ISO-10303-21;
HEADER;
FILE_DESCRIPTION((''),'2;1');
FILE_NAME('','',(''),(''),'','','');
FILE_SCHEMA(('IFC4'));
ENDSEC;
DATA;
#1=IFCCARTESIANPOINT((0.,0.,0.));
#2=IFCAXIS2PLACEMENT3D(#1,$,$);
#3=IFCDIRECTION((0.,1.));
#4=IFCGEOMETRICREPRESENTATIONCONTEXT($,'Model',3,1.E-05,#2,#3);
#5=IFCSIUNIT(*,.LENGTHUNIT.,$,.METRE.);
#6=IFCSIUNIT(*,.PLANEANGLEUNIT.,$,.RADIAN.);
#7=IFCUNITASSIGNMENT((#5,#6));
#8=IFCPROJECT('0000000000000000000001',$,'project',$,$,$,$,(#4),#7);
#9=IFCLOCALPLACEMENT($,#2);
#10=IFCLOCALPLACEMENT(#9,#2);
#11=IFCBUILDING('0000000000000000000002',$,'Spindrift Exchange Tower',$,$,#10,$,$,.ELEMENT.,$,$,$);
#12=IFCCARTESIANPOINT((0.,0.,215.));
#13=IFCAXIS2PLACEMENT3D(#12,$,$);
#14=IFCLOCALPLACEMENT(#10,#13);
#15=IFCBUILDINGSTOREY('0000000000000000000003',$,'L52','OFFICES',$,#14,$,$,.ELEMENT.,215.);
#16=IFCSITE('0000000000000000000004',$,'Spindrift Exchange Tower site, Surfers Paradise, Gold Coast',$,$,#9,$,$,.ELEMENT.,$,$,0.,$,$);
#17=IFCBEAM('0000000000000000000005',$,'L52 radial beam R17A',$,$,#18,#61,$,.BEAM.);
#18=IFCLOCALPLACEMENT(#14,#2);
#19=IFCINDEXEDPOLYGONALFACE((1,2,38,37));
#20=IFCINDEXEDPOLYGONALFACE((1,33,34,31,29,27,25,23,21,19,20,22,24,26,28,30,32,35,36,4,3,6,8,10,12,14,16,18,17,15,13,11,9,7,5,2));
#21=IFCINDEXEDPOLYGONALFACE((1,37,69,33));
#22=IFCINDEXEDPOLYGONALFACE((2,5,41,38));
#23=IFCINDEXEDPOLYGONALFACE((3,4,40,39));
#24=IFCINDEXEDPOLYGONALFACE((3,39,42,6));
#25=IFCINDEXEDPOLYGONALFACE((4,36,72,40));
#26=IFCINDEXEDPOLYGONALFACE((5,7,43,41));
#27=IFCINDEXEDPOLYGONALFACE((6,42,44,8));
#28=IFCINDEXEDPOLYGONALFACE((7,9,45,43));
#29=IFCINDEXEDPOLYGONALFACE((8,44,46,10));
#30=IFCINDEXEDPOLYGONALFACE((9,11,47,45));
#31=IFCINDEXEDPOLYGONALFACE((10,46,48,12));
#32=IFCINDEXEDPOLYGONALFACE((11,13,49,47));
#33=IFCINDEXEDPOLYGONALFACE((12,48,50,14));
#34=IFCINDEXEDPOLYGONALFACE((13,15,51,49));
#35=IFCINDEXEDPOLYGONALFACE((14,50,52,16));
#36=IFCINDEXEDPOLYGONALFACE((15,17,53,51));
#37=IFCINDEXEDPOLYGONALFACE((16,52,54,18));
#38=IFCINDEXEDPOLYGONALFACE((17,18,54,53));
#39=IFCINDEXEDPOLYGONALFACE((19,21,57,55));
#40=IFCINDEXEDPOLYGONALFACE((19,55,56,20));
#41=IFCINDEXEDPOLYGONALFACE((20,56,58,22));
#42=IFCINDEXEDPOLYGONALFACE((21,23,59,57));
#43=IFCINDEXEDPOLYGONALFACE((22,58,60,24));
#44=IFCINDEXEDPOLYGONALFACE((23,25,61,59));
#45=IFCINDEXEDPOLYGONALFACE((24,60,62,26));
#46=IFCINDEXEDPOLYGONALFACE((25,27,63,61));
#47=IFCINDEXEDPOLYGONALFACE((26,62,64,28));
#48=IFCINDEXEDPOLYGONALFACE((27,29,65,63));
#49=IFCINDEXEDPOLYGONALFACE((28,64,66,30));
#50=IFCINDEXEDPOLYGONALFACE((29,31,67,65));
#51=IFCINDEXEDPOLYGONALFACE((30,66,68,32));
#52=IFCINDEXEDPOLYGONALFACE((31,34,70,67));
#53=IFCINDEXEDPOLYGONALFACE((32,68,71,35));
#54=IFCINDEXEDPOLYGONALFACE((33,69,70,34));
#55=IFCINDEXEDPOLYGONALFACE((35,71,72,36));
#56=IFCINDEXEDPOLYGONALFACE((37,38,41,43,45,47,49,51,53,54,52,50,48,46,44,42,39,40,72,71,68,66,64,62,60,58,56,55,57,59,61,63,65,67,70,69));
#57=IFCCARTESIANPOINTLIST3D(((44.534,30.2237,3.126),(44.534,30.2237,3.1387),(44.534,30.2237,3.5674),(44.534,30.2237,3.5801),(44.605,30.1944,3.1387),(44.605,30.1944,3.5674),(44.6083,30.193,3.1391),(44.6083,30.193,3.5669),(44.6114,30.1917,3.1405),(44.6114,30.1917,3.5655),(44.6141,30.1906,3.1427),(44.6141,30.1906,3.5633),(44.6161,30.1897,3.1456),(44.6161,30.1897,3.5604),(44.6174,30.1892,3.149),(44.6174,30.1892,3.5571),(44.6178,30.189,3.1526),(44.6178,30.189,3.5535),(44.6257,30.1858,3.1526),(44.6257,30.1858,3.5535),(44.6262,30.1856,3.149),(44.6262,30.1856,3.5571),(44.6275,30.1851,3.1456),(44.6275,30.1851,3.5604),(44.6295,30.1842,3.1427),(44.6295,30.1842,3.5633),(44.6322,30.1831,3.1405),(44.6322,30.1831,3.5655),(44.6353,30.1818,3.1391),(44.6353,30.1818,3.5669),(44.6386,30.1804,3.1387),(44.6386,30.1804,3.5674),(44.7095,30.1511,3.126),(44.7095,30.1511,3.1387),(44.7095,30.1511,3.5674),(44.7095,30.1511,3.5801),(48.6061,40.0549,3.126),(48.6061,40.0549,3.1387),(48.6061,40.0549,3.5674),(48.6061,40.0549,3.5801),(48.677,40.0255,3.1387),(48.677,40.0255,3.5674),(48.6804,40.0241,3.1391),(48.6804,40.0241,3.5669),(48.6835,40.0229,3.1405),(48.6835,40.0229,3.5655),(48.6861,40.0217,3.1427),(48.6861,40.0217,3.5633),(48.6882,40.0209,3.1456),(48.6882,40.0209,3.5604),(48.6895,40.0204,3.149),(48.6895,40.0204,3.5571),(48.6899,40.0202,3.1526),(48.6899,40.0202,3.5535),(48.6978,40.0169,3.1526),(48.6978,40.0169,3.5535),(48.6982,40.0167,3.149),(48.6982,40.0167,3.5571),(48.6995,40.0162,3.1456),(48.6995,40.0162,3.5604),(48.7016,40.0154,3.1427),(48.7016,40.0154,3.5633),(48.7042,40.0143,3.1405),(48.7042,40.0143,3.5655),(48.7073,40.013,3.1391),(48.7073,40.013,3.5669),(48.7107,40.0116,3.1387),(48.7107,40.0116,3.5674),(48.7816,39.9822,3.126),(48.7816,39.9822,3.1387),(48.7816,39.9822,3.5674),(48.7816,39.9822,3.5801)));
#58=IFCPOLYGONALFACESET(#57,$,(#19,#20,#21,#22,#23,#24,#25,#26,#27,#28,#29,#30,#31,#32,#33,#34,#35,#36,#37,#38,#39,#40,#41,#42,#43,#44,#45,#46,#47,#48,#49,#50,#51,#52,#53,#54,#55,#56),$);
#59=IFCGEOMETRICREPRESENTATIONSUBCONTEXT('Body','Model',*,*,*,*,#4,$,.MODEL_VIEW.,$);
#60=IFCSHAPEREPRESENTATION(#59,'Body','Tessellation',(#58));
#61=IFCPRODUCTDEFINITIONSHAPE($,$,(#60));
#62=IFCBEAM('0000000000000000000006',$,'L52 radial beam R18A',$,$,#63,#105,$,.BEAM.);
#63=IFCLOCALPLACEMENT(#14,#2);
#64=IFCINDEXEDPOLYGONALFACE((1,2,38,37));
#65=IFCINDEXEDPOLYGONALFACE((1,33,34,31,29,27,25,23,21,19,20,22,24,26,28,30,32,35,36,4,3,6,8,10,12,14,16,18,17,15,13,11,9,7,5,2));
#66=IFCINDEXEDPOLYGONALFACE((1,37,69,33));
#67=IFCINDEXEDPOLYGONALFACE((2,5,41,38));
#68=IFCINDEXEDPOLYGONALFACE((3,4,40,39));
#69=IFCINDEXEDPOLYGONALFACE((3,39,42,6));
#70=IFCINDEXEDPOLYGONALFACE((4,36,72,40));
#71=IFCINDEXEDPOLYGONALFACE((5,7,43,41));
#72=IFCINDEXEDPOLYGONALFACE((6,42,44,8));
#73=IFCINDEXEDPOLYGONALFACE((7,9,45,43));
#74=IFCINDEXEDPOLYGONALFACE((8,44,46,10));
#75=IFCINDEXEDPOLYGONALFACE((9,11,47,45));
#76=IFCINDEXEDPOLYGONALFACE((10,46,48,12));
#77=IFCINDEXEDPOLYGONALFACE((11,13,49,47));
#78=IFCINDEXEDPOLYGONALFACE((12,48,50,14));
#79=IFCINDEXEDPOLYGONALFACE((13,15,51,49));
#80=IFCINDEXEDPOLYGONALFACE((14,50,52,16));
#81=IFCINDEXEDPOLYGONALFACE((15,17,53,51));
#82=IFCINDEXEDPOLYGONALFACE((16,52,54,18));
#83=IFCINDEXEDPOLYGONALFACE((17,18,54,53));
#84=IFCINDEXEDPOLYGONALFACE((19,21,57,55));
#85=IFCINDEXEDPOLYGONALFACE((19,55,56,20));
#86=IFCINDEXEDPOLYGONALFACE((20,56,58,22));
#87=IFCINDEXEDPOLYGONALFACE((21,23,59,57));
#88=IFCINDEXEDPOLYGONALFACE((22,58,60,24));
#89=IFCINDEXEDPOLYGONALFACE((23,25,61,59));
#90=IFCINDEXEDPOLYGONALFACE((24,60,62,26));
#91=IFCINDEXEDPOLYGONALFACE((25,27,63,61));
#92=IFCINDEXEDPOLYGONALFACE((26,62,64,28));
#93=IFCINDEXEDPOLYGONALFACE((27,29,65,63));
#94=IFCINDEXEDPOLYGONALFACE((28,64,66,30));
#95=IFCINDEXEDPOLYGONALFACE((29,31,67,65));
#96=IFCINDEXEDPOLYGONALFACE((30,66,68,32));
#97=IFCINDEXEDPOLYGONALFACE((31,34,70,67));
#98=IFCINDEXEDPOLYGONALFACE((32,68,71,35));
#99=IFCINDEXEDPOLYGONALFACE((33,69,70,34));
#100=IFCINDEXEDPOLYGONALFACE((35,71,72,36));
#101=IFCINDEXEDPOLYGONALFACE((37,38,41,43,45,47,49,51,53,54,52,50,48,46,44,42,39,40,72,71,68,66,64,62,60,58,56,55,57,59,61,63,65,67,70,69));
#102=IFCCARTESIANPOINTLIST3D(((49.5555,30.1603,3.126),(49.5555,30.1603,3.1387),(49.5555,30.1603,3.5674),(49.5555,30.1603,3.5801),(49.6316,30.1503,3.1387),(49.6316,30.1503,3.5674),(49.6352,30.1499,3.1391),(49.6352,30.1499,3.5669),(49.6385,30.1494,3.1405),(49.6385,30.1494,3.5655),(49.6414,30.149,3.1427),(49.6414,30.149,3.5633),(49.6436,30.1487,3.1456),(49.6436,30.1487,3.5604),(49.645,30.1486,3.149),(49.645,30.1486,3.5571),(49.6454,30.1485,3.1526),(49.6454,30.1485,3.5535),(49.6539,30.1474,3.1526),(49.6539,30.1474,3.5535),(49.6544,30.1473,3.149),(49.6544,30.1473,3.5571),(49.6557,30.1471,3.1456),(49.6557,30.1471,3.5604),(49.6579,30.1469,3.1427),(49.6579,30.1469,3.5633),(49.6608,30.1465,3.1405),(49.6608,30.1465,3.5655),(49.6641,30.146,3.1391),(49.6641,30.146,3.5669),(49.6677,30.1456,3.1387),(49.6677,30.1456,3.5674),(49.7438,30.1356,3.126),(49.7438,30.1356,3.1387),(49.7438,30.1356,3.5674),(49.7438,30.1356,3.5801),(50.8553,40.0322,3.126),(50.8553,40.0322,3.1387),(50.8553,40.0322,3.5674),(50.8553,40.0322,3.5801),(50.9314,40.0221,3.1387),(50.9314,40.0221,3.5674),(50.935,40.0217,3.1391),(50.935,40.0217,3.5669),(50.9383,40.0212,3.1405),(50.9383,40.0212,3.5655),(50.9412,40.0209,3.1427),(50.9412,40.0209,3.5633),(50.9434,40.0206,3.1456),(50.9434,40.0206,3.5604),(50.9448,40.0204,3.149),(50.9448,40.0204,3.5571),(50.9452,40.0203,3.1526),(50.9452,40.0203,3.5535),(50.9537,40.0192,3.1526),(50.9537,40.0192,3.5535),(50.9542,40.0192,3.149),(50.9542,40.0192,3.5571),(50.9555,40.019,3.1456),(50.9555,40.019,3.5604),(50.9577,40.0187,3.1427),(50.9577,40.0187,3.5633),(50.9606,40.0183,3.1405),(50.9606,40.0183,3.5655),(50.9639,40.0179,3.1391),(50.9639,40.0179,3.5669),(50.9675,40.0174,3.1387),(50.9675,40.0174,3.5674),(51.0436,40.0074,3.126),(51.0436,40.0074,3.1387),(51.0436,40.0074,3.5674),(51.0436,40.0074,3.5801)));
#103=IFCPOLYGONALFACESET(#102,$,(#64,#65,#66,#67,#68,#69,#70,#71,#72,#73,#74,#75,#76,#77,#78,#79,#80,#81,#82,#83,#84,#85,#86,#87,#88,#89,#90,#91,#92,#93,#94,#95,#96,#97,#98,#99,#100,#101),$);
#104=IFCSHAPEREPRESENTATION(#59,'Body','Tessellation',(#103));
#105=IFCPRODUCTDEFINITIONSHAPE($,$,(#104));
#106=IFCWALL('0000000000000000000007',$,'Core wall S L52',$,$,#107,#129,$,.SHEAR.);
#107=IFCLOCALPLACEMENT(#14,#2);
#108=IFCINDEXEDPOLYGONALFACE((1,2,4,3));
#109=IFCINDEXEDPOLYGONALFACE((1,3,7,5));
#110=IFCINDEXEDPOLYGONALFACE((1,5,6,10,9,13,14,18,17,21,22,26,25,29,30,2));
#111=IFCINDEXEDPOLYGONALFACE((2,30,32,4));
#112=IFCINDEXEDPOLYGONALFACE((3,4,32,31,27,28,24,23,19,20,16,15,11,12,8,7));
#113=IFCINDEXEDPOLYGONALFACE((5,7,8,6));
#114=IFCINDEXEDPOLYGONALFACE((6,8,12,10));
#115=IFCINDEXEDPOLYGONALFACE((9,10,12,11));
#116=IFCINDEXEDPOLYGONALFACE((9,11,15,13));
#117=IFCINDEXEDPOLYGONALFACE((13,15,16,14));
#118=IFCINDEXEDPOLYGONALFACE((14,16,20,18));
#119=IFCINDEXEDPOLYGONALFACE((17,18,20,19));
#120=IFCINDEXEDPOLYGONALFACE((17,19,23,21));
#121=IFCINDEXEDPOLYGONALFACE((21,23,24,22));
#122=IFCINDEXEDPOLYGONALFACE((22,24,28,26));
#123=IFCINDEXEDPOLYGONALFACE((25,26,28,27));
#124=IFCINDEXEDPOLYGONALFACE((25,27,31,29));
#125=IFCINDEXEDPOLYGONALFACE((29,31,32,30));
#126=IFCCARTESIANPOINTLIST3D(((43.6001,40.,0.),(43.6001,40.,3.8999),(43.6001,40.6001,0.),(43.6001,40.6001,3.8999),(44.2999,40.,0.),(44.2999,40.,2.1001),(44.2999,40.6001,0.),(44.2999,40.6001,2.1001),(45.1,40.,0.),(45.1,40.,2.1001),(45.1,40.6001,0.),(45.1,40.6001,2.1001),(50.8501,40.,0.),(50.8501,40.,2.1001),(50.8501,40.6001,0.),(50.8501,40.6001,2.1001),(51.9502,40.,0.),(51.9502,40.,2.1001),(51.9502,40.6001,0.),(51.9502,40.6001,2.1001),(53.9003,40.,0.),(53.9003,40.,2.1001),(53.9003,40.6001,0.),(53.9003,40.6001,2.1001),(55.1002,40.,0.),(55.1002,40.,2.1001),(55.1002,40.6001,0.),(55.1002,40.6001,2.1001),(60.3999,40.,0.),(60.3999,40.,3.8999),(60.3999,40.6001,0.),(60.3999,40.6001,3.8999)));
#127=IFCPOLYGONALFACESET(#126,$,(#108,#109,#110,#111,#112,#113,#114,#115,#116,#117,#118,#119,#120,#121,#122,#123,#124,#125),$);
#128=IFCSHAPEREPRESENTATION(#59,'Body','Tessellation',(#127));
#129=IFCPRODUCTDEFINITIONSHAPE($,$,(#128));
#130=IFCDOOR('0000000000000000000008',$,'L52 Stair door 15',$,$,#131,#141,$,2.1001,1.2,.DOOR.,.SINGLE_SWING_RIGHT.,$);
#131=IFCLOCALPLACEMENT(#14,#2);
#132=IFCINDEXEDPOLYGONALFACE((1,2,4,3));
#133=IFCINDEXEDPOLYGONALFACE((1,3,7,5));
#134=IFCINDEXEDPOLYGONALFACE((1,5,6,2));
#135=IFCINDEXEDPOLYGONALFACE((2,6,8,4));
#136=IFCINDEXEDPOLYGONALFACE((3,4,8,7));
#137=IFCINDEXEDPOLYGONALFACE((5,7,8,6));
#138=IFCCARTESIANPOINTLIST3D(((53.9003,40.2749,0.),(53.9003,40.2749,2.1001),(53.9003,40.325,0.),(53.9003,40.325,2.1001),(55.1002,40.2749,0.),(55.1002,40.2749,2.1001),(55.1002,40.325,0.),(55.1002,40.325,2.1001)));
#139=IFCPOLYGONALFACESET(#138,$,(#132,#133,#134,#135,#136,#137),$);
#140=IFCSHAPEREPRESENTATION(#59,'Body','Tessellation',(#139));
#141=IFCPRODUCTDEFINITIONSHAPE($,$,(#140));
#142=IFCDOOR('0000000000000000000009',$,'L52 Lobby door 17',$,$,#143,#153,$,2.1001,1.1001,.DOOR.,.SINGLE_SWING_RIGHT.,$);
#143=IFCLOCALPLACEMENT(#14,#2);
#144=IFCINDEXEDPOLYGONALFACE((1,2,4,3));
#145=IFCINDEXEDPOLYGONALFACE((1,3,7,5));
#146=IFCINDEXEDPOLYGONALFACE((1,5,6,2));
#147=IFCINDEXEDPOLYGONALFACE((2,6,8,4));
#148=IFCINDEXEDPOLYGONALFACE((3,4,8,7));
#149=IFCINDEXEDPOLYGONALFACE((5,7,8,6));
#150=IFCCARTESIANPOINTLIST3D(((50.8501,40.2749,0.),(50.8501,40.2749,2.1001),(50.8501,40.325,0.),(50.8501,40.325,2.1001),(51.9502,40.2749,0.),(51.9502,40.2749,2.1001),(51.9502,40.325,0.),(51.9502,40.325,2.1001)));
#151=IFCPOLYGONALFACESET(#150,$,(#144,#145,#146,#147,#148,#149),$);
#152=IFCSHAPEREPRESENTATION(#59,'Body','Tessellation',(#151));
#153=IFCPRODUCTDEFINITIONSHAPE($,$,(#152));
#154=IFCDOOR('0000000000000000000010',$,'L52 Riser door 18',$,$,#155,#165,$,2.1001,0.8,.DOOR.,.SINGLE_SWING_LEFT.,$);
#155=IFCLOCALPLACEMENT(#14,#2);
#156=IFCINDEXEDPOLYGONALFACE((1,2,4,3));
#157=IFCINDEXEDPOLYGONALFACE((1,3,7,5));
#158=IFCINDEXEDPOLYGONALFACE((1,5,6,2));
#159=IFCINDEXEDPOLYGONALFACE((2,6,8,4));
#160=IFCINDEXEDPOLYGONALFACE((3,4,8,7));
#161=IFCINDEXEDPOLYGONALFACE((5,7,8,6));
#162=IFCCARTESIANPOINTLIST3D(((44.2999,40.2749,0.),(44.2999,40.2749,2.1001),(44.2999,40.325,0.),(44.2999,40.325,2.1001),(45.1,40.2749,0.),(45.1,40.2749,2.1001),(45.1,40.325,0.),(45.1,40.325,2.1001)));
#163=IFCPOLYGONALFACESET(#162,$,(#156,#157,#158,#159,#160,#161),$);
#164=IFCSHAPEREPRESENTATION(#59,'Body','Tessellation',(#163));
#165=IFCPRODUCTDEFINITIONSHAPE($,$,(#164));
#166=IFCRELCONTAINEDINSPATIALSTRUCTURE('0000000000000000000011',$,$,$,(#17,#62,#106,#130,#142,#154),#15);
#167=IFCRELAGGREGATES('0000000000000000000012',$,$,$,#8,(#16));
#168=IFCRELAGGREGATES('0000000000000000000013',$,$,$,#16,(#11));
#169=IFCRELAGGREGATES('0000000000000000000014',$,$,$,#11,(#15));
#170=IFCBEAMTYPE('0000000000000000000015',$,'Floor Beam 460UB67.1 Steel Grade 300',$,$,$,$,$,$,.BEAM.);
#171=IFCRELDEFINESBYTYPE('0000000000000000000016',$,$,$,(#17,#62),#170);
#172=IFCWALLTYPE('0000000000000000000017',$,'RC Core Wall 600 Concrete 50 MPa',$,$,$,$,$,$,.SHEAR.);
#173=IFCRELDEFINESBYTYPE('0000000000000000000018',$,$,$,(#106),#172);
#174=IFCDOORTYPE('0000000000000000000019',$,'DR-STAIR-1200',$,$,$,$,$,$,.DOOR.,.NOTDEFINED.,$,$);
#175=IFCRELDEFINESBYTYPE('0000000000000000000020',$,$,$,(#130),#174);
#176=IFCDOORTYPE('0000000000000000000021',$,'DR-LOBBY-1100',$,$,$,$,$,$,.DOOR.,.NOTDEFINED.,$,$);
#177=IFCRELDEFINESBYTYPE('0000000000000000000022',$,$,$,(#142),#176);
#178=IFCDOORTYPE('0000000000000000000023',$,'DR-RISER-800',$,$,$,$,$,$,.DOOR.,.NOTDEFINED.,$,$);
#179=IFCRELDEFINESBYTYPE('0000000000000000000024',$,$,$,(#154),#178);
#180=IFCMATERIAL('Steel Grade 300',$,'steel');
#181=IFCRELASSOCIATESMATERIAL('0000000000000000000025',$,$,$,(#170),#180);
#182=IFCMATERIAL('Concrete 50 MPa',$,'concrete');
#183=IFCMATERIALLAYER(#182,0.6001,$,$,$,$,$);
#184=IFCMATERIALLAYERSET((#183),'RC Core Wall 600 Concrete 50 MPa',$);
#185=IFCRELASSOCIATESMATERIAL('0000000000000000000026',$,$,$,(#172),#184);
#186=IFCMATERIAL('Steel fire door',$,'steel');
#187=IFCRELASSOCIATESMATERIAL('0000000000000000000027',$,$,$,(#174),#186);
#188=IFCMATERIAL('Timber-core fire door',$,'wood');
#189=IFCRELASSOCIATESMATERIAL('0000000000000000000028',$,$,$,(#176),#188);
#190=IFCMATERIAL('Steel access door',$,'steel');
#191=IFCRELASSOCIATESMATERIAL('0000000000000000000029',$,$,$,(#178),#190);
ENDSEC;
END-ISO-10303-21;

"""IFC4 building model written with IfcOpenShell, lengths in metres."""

from ifc_helpers import new_model, si_unit, direction, frame, frame_2d, origin, origin_2d, place, context, subcontext, project, spatial, rectangle, i_section, extrude, source, transform, mapped, material, layer, layer_set, material_profile, profile_set, type_object, element, fill, save


model = new_model("IFC4")

# Units and contexts
model_context = context("Model", 3, precision=1e-05, world=origin(), true_north=direction((0.0, 1.0)))
body_context = subcontext(model_context, "Body", "Model", "MODEL_VIEW")
ifc_project = project(units=[si_unit("LENGTHUNIT", "METRE"), si_unit("PLANEANGLEUNIT", "RADIAN")], contexts=[model_context])

# Site, building, storey
site_placement = place(None, origin())
site = spatial("IfcSite", under=ifc_project, at=site_placement, Name="Spindrift Exchange Tower site, Surfers Paradise, Gold Coast", CompositionType="ELEMENT", RefElevation=0.0)
building_placement = place(site_placement, origin())
building = spatial("IfcBuilding", under=site, at=building_placement, Name="Spindrift Exchange Tower", CompositionType="ELEMENT")
storey_placement = place(building_placement, frame((0.0, 0.0, 215.0)))
storey = spatial("IfcBuildingStorey", under=building, at=storey_placement, Name="L52", Description="OFFICES", CompositionType="ELEMENT", Elevation=215.0)

# Beams
ifc_material_1 = material(Name="Steel Grade 300", Category="steel")
ifc_material_profile_1 = material_profile(ifc_material_1, i_section(OverallWidth=0.1899, OverallDepth=0.4541, WebThickness=0.0085, FlangeThickness=0.0127, FilletRadius=0.0139, at=origin_2d()), Name="460UB67.1")
ifc_profile_set_1 = profile_set([ifc_material_profile_1], Name="Steel Grade 300")
beam_type_1 = type_object("IfcBeamType", Name="Floor Beam 460UB67.1 Steel Grade 300", PredefinedType="BEAM", material=ifc_profile_set_1)
shared_shape_1 = source(origin(), body_context, "Body", "SweptSolid", [
    extrude(i_section(OverallWidth=0.1899, OverallDepth=0.4541, WebThickness=0.0085, FlangeThickness=0.0127, FilletRadius=0.0139, at=origin_2d()), origin(), (0.0, 0.0, 1.0), 10.6411),
])
beam_1_placement = place(storey_placement, frame((48.6938, 40.0186, 3.353), z_axis=(-0.382673, -0.923884, 0.0), x_axis=(0.923884, -0.382673, 0.0)))
element("IfcBeam", 1, at=beam_1_placement, inside=storey, type_object=beam_type_1, Name="L52 radial beam R17A", PredefinedType="BEAM", context=body_context, shape_type="MappedRepresentation", body=[
    mapped(shared_shape_1, transform((0.0, 0.0, 0.0), scale=1.0)),
])
shared_shape_2 = source(origin(), body_context, "Body", "SweptSolid", [
    extrude(i_section(OverallWidth=0.1899, OverallDepth=0.4541, WebThickness=0.0085, FlangeThickness=0.0127, FilletRadius=0.0139, at=origin_2d()), origin(), (0.0, 0.0, 1.0), 9.957),
])
beam_2_placement = place(storey_placement, frame((50.9495, 40.0198, 3.353), z_axis=(-0.130541, -0.991443, 0.0), x_axis=(0.991443, -0.130541, 0.0)))
element("IfcBeam", 2, at=beam_2_placement, inside=storey, type_object=beam_type_1, Name="L52 radial beam R18A", PredefinedType="BEAM", context=body_context, shape_type="MappedRepresentation", body=[
    mapped(shared_shape_2, transform((0.0, 0.0, 0.0), scale=1.0)),
])

# Wall, openings, doors
ifc_material_2 = material(Name="Concrete 50 MPa", Category="concrete")
ifc_layer_1 = layer(ifc_material_2, 0.6001)
ifc_layer_set_1 = layer_set([ifc_layer_1], Name="RC Core Wall 600 Concrete 50 MPa")
wall_type_1 = type_object("IfcWallType", Name="RC Core Wall 600 Concrete 50 MPa", PredefinedType="SHEAR", material=ifc_layer_set_1)
wall_1_placement = place(storey_placement, frame((43.6001, 40.3, 0.0), z_axis=(0.0, 0.0, 1.0), x_axis=(1.0, 0.0, 0.0)))
wall_1 = element("IfcWall", 3, at=wall_1_placement, inside=storey, type_object=wall_type_1, Name="Core wall S L52", PredefinedType="SHEAR", context=body_context, shape_type="SweptSolid", body=[
    extrude(rectangle(XDim=16.7998, YDim=0.6001, at=frame_2d((8.3999, 0.0))), origin(), (0.0, 0.0, 1.0), 3.8999),
])
opening_1_placement = place(wall_1_placement, frame((10.3, 0.0, 0.0)))
opening_1 = element("IfcOpeningElement", 4, at=opening_1_placement, cuts=wall_1, PredefinedType="OPENING", context=body_context, shape_type="SweptSolid", body=[
    extrude(rectangle(XDim=1.2, YDim=2.1001, at=frame_2d((0.6001, 1.05))), frame((0.0, 0.3101, 0.0), z_axis=(0.0, -1.0, 0.0), x_axis=(1.0, 0.0, 0.0)), (0.0, 0.0, 1.0), 0.6201),
])
opening_2_placement = place(wall_1_placement, frame((7.25, 0.0, 0.0)))
opening_2 = element("IfcOpeningElement", 5, at=opening_2_placement, cuts=wall_1, PredefinedType="OPENING", context=body_context, shape_type="SweptSolid", body=[
    extrude(rectangle(XDim=1.1001, YDim=2.1001, at=frame_2d((0.55, 1.05))), frame((0.0, 0.3101, 0.0), z_axis=(0.0, -1.0, 0.0), x_axis=(1.0, 0.0, 0.0)), (0.0, 0.0, 1.0), 0.6201),
])
opening_3_placement = place(wall_1_placement, frame((0.7, 0.0, 0.0)))
opening_3 = element("IfcOpeningElement", 6, at=opening_3_placement, cuts=wall_1, PredefinedType="OPENING", context=body_context, shape_type="SweptSolid", body=[
    extrude(rectangle(XDim=0.8, YDim=2.1001, at=frame_2d((0.3999, 1.05))), frame((0.0, 0.3101, 0.0), z_axis=(0.0, -1.0, 0.0), x_axis=(1.0, 0.0, 0.0)), (0.0, 0.0, 1.0), 0.6201),
])
ifc_material_3 = material(Name="Steel fire door", Category="steel")
door_type_1 = type_object("IfcDoorType", Name="DR-STAIR-1200", OperationType="NOTDEFINED", PredefinedType="DOOR", material=ifc_material_3)
shared_shape_3 = source(origin(), body_context, "Body", "SweptSolid", [
    extrude(rectangle(XDim=1.2, YDim=2.1001, at=frame_2d((0.6001, 1.05))), frame((0.0, 0.0249, 0.0), z_axis=(0.0, -1.0, 0.0), x_axis=(1.0, 0.0, 0.0)), (0.0, 0.0, 1.0), 0.05),
])
door_1_placement = place(opening_1_placement, origin())
door_1 = element("IfcDoor", 7, at=door_1_placement, inside=storey, type_object=door_type_1, Name="L52 Stair door 15", OperationType="SINGLE_SWING_RIGHT", OverallHeight=2.1001, OverallWidth=1.2, PredefinedType="DOOR", context=body_context, shape_type="MappedRepresentation", body=[
    mapped(shared_shape_3, transform((0.0, 0.0, 0.0), scale=1.0)),
])
fill(opening_1, door_1)
ifc_material_4 = material(Name="Timber-core fire door", Category="wood")
door_type_2 = type_object("IfcDoorType", Name="DR-LOBBY-1100", OperationType="NOTDEFINED", PredefinedType="DOOR", material=ifc_material_4)
shared_shape_4 = source(origin(), body_context, "Body", "SweptSolid", [
    extrude(rectangle(XDim=1.1001, YDim=2.1001, at=frame_2d((0.55, 1.05))), frame((0.0, 0.0249, 0.0), z_axis=(0.0, -1.0, 0.0), x_axis=(1.0, 0.0, 0.0)), (0.0, 0.0, 1.0), 0.05),
])
door_2_placement = place(opening_2_placement, origin())
door_2 = element("IfcDoor", 8, at=door_2_placement, inside=storey, type_object=door_type_2, Name="L52 Lobby door 17", OperationType="SINGLE_SWING_RIGHT", OverallHeight=2.1001, OverallWidth=1.1001, PredefinedType="DOOR", context=body_context, shape_type="MappedRepresentation", body=[
    mapped(shared_shape_4, transform((0.0, 0.0, 0.0), scale=1.0)),
])
fill(opening_2, door_2)
ifc_material_5 = material(Name="Steel access door", Category="steel")
door_type_3 = type_object("IfcDoorType", Name="DR-RISER-800", OperationType="NOTDEFINED", PredefinedType="DOOR", material=ifc_material_5)
shared_shape_5 = source(origin(), body_context, "Body", "SweptSolid", [
    extrude(rectangle(XDim=0.8, YDim=2.1001, at=frame_2d((0.3999, 1.05))), frame((0.0, 0.0249, 0.0), z_axis=(0.0, -1.0, 0.0), x_axis=(1.0, 0.0, 0.0)), (0.0, 0.0, 1.0), 0.05),
])
door_3_placement = place(opening_3_placement, origin())
door_3 = element("IfcDoor", 9, at=door_3_placement, inside=storey, type_object=door_type_3, Name="L52 Riser door 18", OperationType="SINGLE_SWING_LEFT", OverallHeight=2.1001, OverallWidth=0.8, PredefinedType="DOOR", context=body_context, shape_type="MappedRepresentation", body=[
    mapped(shared_shape_5, transform((0.0, 0.0, 0.0), scale=1.0)),
])
fill(opening_3, door_3)

save(model, "model.ifc")
